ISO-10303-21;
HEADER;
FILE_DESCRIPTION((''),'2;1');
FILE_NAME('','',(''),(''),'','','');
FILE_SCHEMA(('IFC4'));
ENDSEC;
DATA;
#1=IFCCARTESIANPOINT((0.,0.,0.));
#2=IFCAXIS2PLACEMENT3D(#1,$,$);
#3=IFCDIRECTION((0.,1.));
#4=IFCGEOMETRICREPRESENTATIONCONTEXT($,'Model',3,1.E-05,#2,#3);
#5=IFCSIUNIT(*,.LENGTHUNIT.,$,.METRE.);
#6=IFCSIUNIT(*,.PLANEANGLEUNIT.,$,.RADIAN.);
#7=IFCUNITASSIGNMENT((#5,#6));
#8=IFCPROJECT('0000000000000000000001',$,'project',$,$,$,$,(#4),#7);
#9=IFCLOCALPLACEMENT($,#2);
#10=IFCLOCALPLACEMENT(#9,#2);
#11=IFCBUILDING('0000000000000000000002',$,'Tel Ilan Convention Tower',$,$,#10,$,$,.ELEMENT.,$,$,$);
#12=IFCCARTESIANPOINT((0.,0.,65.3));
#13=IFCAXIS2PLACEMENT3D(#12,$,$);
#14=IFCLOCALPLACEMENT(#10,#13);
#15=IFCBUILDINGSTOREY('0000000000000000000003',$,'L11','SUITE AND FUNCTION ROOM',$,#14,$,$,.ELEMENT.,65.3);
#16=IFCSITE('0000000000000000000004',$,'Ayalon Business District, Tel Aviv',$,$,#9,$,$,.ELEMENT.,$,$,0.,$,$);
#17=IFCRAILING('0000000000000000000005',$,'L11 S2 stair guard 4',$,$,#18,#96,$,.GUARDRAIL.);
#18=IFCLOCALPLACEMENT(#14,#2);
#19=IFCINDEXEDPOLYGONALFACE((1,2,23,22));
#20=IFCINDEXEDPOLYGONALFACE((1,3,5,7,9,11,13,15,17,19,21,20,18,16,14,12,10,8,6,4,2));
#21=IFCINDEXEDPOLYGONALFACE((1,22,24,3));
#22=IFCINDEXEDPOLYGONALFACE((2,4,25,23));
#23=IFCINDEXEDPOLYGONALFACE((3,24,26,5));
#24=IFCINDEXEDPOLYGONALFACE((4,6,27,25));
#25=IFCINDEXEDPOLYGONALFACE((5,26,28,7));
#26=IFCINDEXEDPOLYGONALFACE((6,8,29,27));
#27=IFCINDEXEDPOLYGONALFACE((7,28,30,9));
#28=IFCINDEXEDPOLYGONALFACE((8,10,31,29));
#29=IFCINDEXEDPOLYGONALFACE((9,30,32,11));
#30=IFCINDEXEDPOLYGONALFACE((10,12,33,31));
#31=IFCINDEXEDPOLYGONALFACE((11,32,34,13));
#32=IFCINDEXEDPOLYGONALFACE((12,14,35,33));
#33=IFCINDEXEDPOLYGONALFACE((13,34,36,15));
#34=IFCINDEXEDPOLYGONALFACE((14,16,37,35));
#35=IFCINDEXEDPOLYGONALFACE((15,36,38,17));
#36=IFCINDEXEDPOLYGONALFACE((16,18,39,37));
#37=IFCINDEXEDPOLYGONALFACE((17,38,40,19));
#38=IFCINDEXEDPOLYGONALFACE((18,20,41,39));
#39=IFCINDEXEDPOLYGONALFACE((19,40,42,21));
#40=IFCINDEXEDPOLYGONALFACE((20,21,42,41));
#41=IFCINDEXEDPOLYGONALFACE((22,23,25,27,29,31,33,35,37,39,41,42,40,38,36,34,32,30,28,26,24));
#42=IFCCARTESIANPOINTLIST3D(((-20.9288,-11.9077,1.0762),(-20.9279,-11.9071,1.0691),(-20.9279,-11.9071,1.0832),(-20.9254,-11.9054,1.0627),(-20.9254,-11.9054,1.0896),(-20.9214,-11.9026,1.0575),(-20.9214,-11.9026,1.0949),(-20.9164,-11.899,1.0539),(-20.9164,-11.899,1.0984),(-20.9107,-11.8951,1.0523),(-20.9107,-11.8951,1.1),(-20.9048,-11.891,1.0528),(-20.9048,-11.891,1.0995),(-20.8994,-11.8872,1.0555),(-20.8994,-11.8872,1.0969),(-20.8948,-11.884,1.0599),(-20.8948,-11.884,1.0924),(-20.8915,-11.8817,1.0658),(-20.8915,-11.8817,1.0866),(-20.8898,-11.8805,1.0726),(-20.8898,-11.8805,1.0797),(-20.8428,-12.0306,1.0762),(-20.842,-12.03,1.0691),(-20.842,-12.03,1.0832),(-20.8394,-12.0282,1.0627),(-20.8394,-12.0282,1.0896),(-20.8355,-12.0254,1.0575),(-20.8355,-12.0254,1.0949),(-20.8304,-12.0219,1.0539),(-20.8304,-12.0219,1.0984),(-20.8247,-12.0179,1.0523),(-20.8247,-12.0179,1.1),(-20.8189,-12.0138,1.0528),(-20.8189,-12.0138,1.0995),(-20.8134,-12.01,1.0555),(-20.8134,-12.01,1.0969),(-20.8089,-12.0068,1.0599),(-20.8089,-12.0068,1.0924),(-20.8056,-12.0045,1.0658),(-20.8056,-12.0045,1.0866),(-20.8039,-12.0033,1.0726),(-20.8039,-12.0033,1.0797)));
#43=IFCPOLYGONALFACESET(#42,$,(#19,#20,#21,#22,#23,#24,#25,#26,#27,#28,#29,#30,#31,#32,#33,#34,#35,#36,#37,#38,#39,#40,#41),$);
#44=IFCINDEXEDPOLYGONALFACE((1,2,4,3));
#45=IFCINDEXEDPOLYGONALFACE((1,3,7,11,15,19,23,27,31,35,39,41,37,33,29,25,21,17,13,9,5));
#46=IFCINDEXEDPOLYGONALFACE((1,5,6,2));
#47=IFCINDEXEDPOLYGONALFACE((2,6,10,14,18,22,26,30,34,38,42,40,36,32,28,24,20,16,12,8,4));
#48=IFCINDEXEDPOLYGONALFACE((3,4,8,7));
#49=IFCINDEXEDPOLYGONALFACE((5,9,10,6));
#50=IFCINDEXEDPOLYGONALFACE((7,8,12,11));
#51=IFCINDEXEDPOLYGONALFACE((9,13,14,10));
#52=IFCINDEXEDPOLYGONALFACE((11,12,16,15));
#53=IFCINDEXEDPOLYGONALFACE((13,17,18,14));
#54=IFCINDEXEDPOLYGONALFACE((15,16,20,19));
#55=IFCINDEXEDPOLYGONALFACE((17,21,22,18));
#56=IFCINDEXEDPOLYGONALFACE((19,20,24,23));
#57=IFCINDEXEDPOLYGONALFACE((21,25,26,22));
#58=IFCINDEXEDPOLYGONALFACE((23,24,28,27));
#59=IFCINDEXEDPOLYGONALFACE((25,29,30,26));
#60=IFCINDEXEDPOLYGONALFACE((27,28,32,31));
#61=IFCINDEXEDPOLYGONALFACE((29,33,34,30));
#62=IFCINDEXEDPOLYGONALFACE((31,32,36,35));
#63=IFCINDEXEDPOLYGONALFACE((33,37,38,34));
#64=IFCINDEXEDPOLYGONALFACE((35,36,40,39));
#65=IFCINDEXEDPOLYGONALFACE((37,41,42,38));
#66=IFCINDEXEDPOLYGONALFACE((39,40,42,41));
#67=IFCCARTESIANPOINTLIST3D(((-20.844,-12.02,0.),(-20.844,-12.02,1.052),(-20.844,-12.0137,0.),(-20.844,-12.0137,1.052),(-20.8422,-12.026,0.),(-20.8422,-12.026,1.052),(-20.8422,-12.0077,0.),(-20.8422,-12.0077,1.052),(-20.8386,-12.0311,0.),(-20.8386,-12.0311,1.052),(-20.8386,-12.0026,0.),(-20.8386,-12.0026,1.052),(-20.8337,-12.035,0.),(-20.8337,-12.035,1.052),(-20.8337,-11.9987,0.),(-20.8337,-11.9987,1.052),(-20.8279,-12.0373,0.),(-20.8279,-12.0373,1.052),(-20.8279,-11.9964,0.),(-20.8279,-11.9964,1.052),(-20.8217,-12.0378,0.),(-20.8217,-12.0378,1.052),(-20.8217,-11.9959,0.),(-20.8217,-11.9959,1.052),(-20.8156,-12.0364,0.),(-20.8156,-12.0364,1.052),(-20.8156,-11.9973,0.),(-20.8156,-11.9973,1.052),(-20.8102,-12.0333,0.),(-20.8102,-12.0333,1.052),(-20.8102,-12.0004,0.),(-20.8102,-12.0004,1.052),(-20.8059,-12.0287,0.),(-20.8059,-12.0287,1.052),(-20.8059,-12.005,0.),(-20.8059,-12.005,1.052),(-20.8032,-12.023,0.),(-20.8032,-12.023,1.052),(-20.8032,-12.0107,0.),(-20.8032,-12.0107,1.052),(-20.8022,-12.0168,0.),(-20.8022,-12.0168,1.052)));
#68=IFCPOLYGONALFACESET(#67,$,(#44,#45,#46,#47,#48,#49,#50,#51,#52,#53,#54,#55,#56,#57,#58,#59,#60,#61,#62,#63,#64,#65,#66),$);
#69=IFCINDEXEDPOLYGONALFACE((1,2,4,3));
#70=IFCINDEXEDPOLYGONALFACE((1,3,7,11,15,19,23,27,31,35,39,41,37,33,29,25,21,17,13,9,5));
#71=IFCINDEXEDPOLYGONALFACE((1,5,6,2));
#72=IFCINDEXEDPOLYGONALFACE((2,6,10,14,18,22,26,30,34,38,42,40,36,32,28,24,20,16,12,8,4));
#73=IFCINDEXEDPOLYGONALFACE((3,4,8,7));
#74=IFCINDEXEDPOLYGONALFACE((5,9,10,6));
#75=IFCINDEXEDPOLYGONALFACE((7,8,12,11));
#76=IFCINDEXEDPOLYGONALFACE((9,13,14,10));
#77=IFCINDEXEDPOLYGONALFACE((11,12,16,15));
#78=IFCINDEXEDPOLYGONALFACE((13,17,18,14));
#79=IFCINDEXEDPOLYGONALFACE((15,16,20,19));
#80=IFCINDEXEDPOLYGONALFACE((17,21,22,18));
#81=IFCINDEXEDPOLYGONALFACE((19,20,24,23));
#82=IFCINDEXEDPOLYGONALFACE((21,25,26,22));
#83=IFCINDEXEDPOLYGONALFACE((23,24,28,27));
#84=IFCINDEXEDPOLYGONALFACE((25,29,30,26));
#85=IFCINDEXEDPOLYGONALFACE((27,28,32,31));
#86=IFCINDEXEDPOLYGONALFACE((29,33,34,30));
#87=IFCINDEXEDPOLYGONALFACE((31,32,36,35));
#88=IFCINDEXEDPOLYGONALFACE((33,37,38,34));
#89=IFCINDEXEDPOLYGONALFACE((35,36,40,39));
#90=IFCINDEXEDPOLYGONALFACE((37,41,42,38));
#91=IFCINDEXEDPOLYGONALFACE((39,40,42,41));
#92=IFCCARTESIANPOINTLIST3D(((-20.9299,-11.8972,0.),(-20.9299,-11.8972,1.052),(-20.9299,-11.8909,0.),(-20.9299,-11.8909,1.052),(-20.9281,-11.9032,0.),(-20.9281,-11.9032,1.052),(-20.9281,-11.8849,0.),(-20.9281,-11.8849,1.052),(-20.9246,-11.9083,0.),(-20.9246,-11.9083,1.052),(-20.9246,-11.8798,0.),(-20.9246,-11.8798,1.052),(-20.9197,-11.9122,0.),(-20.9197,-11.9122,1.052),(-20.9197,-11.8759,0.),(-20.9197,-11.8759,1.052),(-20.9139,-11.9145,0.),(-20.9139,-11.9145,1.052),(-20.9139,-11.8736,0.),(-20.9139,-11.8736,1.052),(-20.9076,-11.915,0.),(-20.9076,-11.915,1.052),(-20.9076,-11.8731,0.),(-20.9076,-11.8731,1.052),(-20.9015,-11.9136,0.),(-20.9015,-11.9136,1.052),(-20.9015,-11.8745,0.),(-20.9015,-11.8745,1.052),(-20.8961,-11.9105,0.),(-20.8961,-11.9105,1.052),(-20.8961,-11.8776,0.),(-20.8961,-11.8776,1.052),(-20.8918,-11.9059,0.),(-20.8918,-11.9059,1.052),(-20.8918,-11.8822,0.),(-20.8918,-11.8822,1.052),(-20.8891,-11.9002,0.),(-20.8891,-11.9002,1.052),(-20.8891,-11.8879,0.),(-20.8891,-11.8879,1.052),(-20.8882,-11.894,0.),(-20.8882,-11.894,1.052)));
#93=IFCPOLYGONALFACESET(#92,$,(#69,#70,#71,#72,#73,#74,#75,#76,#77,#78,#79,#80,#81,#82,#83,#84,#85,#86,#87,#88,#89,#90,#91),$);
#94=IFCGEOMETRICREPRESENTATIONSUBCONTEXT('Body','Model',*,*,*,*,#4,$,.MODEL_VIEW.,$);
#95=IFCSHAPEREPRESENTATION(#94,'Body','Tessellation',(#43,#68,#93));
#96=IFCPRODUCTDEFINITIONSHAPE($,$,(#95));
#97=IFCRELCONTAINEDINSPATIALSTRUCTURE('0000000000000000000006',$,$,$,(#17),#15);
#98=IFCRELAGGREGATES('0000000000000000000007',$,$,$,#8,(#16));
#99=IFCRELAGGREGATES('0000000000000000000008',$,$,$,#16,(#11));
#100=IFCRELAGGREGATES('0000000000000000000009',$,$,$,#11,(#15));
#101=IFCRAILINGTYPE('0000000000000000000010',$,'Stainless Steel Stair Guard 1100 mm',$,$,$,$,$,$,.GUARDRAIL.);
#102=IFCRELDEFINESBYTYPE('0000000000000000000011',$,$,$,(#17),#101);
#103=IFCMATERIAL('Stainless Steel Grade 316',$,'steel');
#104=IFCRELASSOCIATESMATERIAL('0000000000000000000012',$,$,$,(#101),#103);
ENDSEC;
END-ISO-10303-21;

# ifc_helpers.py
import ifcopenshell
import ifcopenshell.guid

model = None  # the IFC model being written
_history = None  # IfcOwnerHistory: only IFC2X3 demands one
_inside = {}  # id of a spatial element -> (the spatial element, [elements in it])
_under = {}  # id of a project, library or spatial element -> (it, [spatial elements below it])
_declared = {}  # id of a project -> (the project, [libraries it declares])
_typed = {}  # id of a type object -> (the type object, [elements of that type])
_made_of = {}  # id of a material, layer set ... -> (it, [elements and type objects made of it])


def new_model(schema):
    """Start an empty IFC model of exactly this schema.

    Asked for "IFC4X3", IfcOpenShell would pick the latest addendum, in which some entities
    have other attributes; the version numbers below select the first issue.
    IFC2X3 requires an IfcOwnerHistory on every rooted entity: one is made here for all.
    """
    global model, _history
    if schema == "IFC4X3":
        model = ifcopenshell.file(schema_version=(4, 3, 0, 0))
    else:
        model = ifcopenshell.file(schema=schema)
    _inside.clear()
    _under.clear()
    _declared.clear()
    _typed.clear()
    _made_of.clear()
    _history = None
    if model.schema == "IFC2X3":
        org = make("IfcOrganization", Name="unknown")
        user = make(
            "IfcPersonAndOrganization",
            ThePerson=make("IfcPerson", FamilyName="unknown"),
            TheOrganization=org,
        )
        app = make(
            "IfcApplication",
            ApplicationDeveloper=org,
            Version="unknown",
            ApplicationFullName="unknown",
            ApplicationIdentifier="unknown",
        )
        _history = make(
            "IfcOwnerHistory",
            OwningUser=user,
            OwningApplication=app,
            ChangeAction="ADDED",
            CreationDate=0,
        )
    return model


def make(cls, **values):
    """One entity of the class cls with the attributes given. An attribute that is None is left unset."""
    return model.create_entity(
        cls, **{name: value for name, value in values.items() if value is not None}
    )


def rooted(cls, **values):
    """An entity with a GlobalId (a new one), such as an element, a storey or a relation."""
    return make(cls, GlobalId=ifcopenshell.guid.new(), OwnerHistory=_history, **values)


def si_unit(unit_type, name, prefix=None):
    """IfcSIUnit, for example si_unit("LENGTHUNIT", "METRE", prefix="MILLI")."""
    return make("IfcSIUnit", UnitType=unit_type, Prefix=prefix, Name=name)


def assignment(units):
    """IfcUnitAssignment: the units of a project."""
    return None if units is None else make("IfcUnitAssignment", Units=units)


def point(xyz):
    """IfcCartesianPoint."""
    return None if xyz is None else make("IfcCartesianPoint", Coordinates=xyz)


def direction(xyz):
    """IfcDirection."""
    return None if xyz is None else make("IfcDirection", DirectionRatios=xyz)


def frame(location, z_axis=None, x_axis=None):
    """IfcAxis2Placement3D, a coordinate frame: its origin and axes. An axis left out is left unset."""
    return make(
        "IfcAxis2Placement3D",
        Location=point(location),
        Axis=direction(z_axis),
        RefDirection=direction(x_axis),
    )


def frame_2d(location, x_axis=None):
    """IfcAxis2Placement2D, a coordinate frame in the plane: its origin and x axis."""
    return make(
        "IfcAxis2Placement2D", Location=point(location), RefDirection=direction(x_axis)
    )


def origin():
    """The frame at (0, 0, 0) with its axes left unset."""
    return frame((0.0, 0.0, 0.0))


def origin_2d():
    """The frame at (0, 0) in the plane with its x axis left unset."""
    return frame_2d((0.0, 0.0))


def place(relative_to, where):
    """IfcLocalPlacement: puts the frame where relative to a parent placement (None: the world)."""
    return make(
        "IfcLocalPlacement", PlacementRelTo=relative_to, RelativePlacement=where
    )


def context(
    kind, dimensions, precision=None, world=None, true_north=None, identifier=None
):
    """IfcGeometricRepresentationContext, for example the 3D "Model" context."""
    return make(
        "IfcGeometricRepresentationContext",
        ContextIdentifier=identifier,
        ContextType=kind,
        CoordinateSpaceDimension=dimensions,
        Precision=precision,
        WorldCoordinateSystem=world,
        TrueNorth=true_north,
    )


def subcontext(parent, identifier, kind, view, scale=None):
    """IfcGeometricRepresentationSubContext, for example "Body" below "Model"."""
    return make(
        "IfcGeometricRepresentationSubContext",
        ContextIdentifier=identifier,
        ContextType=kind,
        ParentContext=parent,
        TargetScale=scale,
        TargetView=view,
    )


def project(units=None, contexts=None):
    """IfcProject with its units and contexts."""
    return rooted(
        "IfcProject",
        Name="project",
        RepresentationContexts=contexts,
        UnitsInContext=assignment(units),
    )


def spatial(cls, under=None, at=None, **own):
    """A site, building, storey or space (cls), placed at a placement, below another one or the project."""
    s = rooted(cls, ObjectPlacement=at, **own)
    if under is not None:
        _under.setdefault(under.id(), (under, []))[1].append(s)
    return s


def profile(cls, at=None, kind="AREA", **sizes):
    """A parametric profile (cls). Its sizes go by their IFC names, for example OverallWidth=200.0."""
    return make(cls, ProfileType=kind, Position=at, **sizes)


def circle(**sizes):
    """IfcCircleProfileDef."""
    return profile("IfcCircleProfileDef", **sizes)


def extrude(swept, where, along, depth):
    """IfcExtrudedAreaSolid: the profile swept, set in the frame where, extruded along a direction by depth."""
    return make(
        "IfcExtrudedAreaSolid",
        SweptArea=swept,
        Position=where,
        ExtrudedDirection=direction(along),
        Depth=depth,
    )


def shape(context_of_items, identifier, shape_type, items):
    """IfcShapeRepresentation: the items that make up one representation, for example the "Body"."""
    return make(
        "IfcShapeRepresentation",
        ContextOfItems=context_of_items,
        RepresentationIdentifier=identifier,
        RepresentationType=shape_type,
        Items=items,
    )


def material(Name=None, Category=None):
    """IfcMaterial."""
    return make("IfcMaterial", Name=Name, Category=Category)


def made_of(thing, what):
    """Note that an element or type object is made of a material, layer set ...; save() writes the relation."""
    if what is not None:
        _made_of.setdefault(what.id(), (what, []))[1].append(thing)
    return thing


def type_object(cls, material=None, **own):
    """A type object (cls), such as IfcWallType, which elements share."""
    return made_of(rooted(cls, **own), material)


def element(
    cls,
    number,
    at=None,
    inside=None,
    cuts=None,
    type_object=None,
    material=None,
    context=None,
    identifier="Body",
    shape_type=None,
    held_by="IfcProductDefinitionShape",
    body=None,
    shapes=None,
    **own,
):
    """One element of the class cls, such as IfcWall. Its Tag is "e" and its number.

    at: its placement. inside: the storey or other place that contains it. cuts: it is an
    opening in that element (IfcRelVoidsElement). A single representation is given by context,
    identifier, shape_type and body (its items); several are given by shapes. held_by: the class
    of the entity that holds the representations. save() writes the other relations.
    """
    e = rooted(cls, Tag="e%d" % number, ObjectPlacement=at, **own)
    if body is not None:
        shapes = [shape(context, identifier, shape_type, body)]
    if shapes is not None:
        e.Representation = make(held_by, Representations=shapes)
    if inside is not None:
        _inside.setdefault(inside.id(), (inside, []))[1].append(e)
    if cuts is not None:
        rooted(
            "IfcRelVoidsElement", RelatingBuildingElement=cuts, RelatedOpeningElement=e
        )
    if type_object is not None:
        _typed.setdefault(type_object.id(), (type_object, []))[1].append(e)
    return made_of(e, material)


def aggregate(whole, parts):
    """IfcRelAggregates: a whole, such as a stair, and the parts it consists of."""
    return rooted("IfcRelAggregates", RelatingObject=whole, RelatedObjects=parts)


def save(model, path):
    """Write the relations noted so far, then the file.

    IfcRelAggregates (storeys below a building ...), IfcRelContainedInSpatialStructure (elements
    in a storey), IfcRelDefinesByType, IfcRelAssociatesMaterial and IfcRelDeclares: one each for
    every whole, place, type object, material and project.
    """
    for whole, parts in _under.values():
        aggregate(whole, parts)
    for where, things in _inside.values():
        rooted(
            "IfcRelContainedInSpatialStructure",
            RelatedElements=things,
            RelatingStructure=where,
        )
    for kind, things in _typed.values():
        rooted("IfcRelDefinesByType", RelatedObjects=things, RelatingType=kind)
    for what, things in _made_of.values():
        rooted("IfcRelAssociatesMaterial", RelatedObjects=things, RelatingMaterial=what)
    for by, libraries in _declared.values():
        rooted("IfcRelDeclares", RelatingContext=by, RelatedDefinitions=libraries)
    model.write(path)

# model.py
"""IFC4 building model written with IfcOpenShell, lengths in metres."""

from ifc_helpers import new_model, si_unit, direction, frame, origin, origin_2d, place, context, subcontext, project, spatial, circle, extrude, material, type_object, element, save


model = new_model("IFC4")

# Units and contexts
model_context = context("Model", 3, precision=1e-05, world=origin(), true_north=direction((0.0, 1.0)))
body_context = subcontext(model_context, "Body", "Model", "MODEL_VIEW")
ifc_project = project(units=[si_unit("LENGTHUNIT", "METRE"), si_unit("PLANEANGLEUNIT", "RADIAN")], contexts=[model_context])

# Site, building, storey
site_placement = place(None, origin())
site = spatial("IfcSite", under=ifc_project, at=site_placement, Name="Ayalon Business District, Tel Aviv", CompositionType="ELEMENT", RefElevation=0.0)
building_placement = place(site_placement, origin())
building = spatial("IfcBuilding", under=site, at=building_placement, Name="Tel Ilan Convention Tower", CompositionType="ELEMENT")
storey_placement = place(building_placement, frame((0.0, 0.0, 65.3)))
storey = spatial("IfcBuildingStorey", under=building, at=storey_placement, Name="L11", Description="SUITE AND FUNCTION ROOM", CompositionType="ELEMENT", Elevation=65.3)

# Railing
ifc_material_1 = material(Name="Stainless Steel Grade 316", Category="steel")
railing_type_1 = type_object("IfcRailingType", Name="Stainless Steel Stair Guard 1100 mm", PredefinedType="GUARDRAIL", material=ifc_material_1)
railing_1_placement = place(storey_placement, frame((-20.8232, -12.0168, 0.0)))
element("IfcRailing", 1, at=railing_1_placement, inside=storey, type_object=railing_type_1, Name="L11 S2 stair guard 4", PredefinedType="GUARDRAIL", context=body_context, shape_type="SweptSolid", body=[
    extrude(circle(Radius=0.0239, at=origin_2d()), frame((0.0, 0.0, 1.0762), z_axis=(-0.573353, 0.819308, 0.0), x_axis=(-0.819308, -0.573353, 0.0)), (0.0, 0.0, 1.0), 0.1499),
    extrude(circle(Radius=0.021, at=origin_2d()), origin(), (0.0, 0.0, 1.0), 1.052),
    extrude(circle(Radius=0.021, at=origin_2d()), frame((-0.0859, 0.1228, 0.0)), (0.0, 0.0, 1.0), 1.052),
])

save(model, "model.ifc")
